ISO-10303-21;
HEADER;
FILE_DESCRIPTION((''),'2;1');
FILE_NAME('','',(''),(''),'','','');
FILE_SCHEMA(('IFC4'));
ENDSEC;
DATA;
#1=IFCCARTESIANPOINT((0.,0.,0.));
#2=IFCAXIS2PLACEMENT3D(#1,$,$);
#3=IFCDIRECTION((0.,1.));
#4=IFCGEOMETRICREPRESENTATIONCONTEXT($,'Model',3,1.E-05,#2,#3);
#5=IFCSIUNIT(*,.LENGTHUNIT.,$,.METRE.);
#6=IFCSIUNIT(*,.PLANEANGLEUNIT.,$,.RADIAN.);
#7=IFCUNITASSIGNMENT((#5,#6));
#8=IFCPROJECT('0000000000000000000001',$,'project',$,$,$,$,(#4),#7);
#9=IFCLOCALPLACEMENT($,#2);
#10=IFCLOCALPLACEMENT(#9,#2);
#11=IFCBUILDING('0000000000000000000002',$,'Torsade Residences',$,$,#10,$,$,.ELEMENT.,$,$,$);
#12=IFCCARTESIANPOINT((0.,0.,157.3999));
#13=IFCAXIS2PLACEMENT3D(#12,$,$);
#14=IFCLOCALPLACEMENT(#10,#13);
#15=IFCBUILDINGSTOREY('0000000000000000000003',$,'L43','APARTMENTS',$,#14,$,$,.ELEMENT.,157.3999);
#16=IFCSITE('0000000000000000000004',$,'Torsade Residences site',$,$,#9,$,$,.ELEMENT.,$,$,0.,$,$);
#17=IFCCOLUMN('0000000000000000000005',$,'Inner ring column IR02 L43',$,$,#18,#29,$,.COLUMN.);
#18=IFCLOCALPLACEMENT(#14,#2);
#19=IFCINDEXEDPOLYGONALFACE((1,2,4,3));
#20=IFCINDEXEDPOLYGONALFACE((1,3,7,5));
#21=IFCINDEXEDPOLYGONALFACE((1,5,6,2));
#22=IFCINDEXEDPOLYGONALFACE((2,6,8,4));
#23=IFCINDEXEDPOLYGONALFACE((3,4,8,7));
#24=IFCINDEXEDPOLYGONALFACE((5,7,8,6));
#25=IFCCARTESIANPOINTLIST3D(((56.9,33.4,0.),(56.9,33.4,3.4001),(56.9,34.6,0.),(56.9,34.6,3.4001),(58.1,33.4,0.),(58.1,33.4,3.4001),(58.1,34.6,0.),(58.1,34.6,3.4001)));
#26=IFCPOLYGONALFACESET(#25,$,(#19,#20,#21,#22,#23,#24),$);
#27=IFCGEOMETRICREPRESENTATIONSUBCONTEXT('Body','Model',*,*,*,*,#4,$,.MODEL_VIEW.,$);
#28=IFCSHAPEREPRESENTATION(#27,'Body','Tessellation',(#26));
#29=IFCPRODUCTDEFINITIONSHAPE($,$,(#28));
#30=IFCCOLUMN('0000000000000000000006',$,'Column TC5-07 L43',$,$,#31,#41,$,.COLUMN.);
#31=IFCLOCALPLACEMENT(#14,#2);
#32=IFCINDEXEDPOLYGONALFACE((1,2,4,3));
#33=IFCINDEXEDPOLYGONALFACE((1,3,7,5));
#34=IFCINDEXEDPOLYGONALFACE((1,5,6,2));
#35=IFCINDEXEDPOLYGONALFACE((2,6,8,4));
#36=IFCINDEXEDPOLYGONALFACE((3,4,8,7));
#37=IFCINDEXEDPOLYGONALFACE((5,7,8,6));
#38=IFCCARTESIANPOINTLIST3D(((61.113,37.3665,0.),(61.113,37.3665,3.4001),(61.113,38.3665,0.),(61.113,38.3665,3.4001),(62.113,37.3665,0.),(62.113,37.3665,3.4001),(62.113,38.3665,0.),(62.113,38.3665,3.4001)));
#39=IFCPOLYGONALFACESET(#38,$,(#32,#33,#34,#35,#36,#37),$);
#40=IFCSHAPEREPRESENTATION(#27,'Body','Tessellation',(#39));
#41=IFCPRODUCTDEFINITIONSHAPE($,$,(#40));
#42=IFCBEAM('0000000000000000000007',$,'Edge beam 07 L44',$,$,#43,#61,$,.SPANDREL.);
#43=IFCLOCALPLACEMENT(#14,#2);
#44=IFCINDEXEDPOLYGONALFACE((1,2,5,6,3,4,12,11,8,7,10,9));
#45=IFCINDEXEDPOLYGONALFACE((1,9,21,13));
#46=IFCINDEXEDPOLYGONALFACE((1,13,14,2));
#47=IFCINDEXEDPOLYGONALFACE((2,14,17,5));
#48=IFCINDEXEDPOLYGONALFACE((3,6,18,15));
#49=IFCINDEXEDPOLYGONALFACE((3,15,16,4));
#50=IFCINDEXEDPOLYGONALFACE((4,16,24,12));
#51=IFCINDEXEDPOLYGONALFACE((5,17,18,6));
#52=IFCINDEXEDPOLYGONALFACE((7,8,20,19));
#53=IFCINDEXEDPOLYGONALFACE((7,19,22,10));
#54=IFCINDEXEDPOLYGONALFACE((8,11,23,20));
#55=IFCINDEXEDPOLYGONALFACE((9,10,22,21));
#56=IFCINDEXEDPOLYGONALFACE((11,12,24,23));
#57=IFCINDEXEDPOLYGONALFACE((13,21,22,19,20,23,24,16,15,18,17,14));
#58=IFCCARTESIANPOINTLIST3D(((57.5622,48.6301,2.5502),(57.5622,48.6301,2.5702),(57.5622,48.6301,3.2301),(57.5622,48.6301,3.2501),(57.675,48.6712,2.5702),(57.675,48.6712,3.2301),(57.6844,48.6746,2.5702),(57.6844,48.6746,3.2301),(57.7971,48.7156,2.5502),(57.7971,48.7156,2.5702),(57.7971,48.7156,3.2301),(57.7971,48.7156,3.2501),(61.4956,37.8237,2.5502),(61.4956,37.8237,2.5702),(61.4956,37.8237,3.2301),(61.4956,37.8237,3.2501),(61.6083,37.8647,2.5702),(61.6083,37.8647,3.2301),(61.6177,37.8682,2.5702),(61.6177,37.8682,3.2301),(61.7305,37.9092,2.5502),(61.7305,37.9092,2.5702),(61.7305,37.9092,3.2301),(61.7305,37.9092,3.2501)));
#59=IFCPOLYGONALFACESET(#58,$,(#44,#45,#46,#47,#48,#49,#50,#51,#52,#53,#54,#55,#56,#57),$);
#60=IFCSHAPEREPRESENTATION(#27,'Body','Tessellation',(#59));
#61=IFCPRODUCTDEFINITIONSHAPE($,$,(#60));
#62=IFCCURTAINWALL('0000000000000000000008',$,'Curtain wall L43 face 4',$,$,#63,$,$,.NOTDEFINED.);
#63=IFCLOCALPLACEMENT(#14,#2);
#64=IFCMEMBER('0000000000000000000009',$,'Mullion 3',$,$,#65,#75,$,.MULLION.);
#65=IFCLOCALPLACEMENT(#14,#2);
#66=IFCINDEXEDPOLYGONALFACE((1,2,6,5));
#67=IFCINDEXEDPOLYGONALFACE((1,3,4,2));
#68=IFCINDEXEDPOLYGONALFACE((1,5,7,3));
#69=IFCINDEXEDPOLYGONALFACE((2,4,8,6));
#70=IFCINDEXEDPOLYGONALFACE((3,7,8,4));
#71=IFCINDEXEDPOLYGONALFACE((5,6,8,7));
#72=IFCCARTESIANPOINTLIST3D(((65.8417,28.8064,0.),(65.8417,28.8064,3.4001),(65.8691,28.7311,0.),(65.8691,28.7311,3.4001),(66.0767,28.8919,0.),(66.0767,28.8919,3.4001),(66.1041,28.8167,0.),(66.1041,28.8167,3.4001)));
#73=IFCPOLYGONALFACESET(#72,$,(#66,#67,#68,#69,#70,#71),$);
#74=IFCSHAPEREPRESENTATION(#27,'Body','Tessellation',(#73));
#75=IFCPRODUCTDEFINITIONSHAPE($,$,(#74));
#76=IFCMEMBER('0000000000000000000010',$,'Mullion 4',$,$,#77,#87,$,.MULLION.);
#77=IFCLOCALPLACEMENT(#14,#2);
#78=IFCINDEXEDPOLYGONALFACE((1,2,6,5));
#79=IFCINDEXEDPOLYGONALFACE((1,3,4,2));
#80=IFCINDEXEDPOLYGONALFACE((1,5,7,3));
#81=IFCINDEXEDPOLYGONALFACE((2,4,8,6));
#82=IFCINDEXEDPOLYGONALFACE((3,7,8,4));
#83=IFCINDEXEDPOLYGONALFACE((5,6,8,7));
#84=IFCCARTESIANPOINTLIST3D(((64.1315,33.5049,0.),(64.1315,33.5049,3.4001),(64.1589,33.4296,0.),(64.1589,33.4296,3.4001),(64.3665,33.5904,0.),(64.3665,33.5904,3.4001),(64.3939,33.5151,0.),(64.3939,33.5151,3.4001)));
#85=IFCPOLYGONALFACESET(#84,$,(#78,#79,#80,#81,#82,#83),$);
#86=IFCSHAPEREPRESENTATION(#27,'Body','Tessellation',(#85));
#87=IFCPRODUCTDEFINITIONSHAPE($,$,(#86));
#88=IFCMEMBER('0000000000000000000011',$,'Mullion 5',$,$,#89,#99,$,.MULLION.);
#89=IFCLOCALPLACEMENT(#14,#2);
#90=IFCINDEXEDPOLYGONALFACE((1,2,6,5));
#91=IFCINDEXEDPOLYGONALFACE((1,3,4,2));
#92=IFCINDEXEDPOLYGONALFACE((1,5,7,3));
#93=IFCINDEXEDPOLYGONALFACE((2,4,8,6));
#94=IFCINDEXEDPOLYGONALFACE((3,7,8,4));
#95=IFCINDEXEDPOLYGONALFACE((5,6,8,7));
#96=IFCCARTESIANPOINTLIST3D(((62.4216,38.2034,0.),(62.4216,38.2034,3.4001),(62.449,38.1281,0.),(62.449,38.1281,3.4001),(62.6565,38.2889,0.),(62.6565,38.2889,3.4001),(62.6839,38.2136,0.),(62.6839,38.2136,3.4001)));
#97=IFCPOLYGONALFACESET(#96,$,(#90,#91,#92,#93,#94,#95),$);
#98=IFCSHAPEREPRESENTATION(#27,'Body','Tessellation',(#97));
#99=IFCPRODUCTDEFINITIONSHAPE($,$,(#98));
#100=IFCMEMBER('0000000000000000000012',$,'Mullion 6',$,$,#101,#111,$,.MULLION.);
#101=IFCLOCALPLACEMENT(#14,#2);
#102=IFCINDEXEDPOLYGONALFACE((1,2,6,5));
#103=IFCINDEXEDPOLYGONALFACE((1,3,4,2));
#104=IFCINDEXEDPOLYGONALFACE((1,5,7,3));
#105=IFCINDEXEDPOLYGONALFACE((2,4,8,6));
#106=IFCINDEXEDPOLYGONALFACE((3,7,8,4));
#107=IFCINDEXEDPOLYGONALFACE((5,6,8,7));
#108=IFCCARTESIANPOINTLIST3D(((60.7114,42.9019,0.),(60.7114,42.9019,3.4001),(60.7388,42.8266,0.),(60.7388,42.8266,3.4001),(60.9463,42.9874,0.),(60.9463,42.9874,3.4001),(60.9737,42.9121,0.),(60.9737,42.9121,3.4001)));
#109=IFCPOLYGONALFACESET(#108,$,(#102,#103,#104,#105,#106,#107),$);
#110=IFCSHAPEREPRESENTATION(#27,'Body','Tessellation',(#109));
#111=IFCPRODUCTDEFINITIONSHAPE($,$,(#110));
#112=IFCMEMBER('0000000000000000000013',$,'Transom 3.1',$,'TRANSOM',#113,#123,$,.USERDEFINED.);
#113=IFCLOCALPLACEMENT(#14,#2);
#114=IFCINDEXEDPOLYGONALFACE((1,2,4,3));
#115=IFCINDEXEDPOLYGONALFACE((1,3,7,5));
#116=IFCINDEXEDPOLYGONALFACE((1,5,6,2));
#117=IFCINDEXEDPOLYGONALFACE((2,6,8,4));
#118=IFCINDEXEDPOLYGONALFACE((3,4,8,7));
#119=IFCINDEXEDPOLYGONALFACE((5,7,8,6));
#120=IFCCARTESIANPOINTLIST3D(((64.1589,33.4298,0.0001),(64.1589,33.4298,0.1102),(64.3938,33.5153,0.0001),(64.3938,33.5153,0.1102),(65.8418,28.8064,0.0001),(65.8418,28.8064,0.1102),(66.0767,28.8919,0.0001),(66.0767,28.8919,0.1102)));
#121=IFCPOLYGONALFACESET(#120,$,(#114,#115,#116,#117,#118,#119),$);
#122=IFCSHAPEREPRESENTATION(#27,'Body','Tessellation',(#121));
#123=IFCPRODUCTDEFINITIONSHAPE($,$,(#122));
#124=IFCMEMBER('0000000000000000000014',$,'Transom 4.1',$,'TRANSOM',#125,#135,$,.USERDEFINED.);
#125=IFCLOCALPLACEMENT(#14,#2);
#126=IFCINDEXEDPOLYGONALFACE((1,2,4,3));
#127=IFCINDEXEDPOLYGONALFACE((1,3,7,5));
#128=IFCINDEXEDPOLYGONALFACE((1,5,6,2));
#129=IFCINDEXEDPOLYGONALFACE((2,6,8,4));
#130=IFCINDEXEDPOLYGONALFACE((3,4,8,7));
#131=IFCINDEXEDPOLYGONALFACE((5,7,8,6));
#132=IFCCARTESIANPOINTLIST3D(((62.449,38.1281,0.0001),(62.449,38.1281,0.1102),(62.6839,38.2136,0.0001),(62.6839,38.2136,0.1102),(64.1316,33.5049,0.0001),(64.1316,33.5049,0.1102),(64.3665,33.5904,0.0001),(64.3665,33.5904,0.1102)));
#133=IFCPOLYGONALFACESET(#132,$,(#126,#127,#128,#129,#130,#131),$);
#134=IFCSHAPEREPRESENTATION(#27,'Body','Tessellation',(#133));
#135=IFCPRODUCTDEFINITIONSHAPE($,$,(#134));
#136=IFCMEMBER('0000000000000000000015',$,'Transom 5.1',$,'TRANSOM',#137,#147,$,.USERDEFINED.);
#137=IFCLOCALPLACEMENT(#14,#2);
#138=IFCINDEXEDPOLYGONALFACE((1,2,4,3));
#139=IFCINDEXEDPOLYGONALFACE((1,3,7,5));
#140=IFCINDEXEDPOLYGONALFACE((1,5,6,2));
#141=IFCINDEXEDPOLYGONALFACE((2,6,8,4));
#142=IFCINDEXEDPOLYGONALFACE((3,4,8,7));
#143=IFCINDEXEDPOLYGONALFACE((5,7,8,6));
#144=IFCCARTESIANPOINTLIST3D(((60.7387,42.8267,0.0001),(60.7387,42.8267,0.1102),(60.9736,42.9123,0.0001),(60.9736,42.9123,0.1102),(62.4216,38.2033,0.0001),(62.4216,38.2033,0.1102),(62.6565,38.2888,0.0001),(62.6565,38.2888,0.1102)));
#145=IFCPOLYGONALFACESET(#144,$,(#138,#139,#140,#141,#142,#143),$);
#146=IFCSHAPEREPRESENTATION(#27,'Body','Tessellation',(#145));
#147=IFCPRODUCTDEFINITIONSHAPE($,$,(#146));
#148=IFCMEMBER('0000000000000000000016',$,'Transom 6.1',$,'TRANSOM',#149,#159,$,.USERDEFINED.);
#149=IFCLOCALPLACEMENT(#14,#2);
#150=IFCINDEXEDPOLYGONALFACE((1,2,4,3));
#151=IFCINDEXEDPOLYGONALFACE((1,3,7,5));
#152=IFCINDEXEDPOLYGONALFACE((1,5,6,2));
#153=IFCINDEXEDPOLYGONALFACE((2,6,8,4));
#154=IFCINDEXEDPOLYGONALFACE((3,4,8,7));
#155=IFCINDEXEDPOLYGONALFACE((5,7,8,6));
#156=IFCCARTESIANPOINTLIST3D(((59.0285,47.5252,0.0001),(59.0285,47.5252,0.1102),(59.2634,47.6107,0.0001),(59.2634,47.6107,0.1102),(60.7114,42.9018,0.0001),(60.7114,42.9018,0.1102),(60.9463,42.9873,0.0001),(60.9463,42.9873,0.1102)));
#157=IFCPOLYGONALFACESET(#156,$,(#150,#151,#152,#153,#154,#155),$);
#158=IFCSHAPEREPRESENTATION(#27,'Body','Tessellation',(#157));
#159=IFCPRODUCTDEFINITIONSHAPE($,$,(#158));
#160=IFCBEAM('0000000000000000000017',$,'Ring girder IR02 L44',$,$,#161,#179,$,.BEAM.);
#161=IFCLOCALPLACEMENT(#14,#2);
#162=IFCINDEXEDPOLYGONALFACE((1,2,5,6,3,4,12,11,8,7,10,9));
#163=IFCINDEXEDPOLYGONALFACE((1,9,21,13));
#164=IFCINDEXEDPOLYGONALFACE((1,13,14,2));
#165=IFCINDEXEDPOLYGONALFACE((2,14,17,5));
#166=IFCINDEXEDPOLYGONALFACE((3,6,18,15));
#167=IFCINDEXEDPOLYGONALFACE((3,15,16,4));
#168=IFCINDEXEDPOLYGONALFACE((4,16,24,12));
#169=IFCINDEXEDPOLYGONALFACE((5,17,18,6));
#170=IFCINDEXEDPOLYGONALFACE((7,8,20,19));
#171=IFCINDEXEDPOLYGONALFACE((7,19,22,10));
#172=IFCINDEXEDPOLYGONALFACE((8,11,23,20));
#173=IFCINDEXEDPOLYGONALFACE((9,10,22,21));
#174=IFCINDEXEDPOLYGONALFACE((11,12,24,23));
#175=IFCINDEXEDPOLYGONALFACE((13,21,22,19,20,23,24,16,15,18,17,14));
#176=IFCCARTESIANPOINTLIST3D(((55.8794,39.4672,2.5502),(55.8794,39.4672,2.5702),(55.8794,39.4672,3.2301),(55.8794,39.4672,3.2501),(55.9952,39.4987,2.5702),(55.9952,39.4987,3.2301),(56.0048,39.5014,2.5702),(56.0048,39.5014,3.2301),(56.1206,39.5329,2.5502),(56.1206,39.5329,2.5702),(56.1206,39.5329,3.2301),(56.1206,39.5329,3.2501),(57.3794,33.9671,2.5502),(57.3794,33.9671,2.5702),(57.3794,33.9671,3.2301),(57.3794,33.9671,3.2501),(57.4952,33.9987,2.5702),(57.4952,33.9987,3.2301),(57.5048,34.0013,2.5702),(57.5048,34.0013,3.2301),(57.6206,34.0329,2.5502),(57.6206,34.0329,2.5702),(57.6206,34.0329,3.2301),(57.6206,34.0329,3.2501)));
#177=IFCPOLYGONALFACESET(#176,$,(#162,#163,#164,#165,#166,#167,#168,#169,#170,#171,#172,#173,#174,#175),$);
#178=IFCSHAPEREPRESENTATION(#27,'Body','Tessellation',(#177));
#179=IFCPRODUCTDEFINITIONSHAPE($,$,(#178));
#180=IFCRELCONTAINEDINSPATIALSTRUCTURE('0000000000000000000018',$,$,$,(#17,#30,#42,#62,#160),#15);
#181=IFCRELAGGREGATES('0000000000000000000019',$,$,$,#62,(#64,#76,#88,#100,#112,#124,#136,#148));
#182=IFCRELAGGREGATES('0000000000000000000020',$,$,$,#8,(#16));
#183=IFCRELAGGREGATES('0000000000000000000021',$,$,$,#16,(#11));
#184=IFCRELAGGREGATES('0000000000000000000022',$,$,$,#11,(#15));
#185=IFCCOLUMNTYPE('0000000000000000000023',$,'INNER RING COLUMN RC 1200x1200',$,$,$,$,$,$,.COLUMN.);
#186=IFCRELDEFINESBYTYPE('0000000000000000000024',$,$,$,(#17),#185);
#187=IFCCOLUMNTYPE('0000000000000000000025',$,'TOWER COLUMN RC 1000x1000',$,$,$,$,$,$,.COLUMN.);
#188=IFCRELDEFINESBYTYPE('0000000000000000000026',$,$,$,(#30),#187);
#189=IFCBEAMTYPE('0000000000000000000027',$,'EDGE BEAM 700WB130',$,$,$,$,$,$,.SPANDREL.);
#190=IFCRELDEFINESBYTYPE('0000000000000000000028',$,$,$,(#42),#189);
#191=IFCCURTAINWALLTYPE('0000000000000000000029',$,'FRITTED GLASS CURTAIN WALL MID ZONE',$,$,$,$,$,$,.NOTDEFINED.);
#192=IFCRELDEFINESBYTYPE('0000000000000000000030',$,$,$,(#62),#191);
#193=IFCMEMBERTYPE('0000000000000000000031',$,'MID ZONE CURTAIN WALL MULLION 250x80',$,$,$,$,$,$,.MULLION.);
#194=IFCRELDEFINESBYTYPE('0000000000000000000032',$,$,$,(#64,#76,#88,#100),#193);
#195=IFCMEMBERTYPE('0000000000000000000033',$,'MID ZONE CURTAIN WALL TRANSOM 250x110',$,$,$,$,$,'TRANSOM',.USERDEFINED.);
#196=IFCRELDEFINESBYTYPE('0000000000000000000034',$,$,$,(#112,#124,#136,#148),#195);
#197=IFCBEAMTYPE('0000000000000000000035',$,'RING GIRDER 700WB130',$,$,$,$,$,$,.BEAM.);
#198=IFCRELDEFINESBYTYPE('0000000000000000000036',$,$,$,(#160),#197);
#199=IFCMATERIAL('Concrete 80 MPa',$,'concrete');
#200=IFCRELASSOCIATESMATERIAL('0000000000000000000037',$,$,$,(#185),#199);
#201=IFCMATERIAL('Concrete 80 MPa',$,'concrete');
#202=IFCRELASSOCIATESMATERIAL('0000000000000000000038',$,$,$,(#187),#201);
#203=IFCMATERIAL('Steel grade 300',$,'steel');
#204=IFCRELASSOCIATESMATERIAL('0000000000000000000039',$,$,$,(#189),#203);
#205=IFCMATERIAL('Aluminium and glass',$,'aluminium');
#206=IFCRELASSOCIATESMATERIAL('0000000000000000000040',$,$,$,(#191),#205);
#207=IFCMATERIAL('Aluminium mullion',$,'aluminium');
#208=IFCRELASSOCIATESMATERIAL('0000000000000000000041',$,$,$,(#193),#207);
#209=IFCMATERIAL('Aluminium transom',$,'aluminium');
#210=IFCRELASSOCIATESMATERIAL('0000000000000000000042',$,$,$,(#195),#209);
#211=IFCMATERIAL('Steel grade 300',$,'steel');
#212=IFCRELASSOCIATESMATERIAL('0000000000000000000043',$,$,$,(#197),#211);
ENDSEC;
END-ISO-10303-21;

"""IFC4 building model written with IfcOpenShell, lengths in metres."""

from ifc_helpers import new_model, si_unit, direction, frame, origin, origin_2d, place, context, subcontext, project, spatial, rectangle, i_section, extrude, material, material_profile, profile_set, type_object, element, aggregate, save


model = new_model("IFC4")

# Units and contexts
model_context = context("Model", 3, precision=1e-05, world=origin(), true_north=direction((0.0, 1.0)))
body_context = subcontext(model_context, "Body", "Model", "MODEL_VIEW")
ifc_project = project(units=[si_unit("LENGTHUNIT", "METRE"), si_unit("PLANEANGLEUNIT", "RADIAN")], contexts=[model_context])

# Site, building, storey
site_placement = place(None, origin())
site = spatial("IfcSite", under=ifc_project, at=site_placement, Name="Torsade Residences site", CompositionType="ELEMENT", RefElevation=0.0)
building_placement = place(site_placement, origin())
building = spatial("IfcBuilding", under=site, at=building_placement, Name="Torsade Residences", CompositionType="ELEMENT")
storey_placement = place(building_placement, frame((0.0, 0.0, 157.3999)))
storey = spatial("IfcBuildingStorey", under=building, at=storey_placement, Name="L43", Description="APARTMENTS", CompositionType="ELEMENT", Elevation=157.3999)

# Columns
ifc_material_1 = material(Name="Concrete 80 MPa", Category="concrete")
ifc_material_profile_1 = material_profile(ifc_material_1, rectangle(XDim=1.2, YDim=1.2, at=origin_2d()), Name="RC 1200x1200")
ifc_profile_set_1 = profile_set([ifc_material_profile_1], Name="Concrete 80 MPa")
column_type_1 = type_object("IfcColumnType", Name="INNER RING COLUMN RC 1200x1200", PredefinedType="COLUMN", material=ifc_profile_set_1)
column_1_placement = place(storey_placement, frame((57.5, 34.0, 0.0), z_axis=(0.0, 0.0, 1.0), x_axis=(1.0, 0.0, 0.0)))
element("IfcColumn", 1, at=column_1_placement, inside=storey, type_object=column_type_1, Name="Inner ring column IR02 L43", PredefinedType="COLUMN", context=body_context, shape_type="SweptSolid", body=[
    extrude(rectangle(XDim=1.2, YDim=1.2, at=origin_2d()), origin(), (0.0, 0.0, 1.0), 3.4001),
])
ifc_material_2 = material(Name="Concrete 80 MPa", Category="concrete")
ifc_material_profile_2 = material_profile(ifc_material_2, rectangle(XDim=1.0, YDim=1.0, at=origin_2d()), Name="RC 1000x1000")
ifc_profile_set_2 = profile_set([ifc_material_profile_2], Name="Concrete 80 MPa")
column_type_2 = type_object("IfcColumnType", Name="TOWER COLUMN RC 1000x1000", PredefinedType="COLUMN", material=ifc_profile_set_2)
column_2_placement = place(storey_placement, frame((61.613, 37.8665, 0.0), z_axis=(0.0, 0.0, 1.0), x_axis=(1.0, 0.0, 0.0)))
element("IfcColumn", 2, at=column_2_placement, inside=storey, type_object=column_type_2, Name="Column TC5-07 L43", PredefinedType="COLUMN", context=body_context, shape_type="SweptSolid", body=[
    extrude(rectangle(XDim=1.0, YDim=1.0, at=origin_2d()), origin(), (0.0, 0.0, 1.0), 3.4001),
])

# Beam
ifc_material_3 = material(Name="Steel grade 300", Category="steel")
ifc_material_profile_3 = material_profile(ifc_material_3, i_section(OverallWidth=0.25, OverallDepth=0.7, WebThickness=0.01, FlangeThickness=0.02, at=origin_2d()), Name="700WB130")
ifc_profile_set_3 = profile_set([ifc_material_profile_3], Name="Steel grade 300")
beam_type_1 = type_object("IfcBeamType", Name="EDGE BEAM 700WB130", PredefinedType="SPANDREL", material=ifc_profile_set_3)
beam_1_placement = place(storey_placement, frame((61.613, 37.8665, 2.9001), z_axis=(-0.342031, 0.939689, 0.0), x_axis=(-0.939689, -0.342031, 0.0)))
element("IfcBeam", 3, at=beam_1_placement, inside=storey, type_object=beam_type_1, Name="Edge beam 07 L44", PredefinedType="SPANDREL", context=body_context, shape_type="SweptSolid", body=[
    extrude(i_section(OverallWidth=0.25, OverallDepth=0.7, WebThickness=0.01, FlangeThickness=0.02, at=origin_2d()), origin(), (0.0, 0.0, 1.0), 11.5),
])

# Curtain wall, members
ifc_material_4 = material(Name="Aluminium and glass", Category="aluminium")
curtain_wall_type = type_object("IfcCurtainWallType", Name="FRITTED GLASS CURTAIN WALL MID ZONE", PredefinedType="NOTDEFINED", material=ifc_material_4)
curtain_wall_placement = place(storey_placement, origin())
curtain_wall = element("IfcCurtainWall", 4, at=curtain_wall_placement, inside=storey, type_object=curtain_wall_type, Name="Curtain wall L43 face 4", PredefinedType="NOTDEFINED")
ifc_material_5 = material(Name="Aluminium mullion", Category="aluminium")
ifc_material_profile_4 = material_profile(ifc_material_5, rectangle(XDim=0.25, YDim=0.0801, at=origin_2d()), Name="MID ZONE CURTAIN WALL MULLION 250x80")
ifc_profile_set_4 = profile_set([ifc_material_profile_4], Name="Aluminium mullion")
member_type_1 = type_object("IfcMemberType", Name="MID ZONE CURTAIN WALL MULLION 250x80", PredefinedType="MULLION", material=ifc_profile_set_4)
member_1_placement = place(storey_placement, frame((65.9729, 28.8115, 0.0), z_axis=(0.0, 0.0, 1.0), x_axis=(-0.939693, -0.34202, 0.0)))
member_1 = element("IfcMember", 5, at=member_1_placement, type_object=member_type_1, Name="Mullion 3", PredefinedType="MULLION", context=body_context, shape_type="SweptSolid", body=[
    extrude(rectangle(XDim=0.25, YDim=0.0801, at=origin_2d()), origin(), (0.0, 0.0, 1.0), 3.4001),
])
member_2_placement = place(storey_placement, frame((64.2627, 33.51, 0.0), z_axis=(0.0, 0.0, 1.0), x_axis=(-0.939693, -0.34202, 0.0)))
member_2 = element("IfcMember", 6, at=member_2_placement, type_object=member_type_1, Name="Mullion 4", PredefinedType="MULLION", context=body_context, shape_type="SweptSolid", body=[
    extrude(rectangle(XDim=0.25, YDim=0.0801, at=origin_2d()), origin(), (0.0, 0.0, 1.0), 3.4001),
])
member_3_placement = place(storey_placement, frame((62.5527, 38.2085, 0.0), z_axis=(0.0, 0.0, 1.0), x_axis=(-0.939693, -0.34202, 0.0)))
member_3 = element("IfcMember", 7, at=member_3_placement, type_object=member_type_1, Name="Mullion 5", PredefinedType="MULLION", context=body_context, shape_type="SweptSolid", body=[
    extrude(rectangle(XDim=0.25, YDim=0.0801, at=origin_2d()), origin(), (0.0, 0.0, 1.0), 3.4001),
])
member_4_placement = place(storey_placement, frame((60.8425, 42.907, 0.0), z_axis=(0.0, 0.0, 1.0), x_axis=(-0.939693, -0.34202, 0.0)))
member_4 = element("IfcMember", 8, at=member_4_placement, type_object=member_type_1, Name="Mullion 6", PredefinedType="MULLION", context=body_context, shape_type="SweptSolid", body=[
    extrude(rectangle(XDim=0.25, YDim=0.0801, at=origin_2d()), origin(), (0.0, 0.0, 1.0), 3.4001),
])
ifc_material_6 = material(Name="Aluminium transom", Category="aluminium")
ifc_material_profile_5 = material_profile(ifc_material_6, rectangle(XDim=0.25, YDim=0.1101, at=origin_2d()), Name="MID ZONE CURTAIN WALL TRANSOM 250x110")
ifc_profile_set_5 = profile_set([ifc_material_profile_5], Name="Aluminium transom")
member_type_2 = type_object("IfcMemberType", Name="MID ZONE CURTAIN WALL TRANSOM 250x110", ElementType="TRANSOM", PredefinedType="USERDEFINED", material=ifc_profile_set_5)
member_5_placement = place(storey_placement, frame((65.9592, 28.8491, 0.0552), z_axis=(-0.342042, 0.939685, 0.0), x_axis=(-0.939685, -0.342042, 0.0)))
member_5 = element("IfcMember", 9, at=member_5_placement, type_object=member_type_2, Name="Transom 3.1", ObjectType="TRANSOM", PredefinedType="USERDEFINED", context=body_context, shape_type="SweptSolid", body=[
    extrude(rectangle(XDim=0.25, YDim=0.1101, at=origin_2d()), origin(), (0.0, 0.0, 1.0), 4.9202),
])
member_6_placement = place(storey_placement, frame((64.249, 33.5476, 0.0552), z_axis=(-0.341998, 0.939701, 0.0), x_axis=(-0.939701, -0.341998, 0.0)))
member_6 = element("IfcMember", 10, at=member_6_placement, type_object=member_type_2, Name="Transom 4.1", ObjectType="TRANSOM", PredefinedType="USERDEFINED", context=body_context, shape_type="SweptSolid", body=[
    extrude(rectangle(XDim=0.25, YDim=0.1101, at=origin_2d()), origin(), (0.0, 0.0, 1.0), 4.9199),
])
member_7_placement = place(storey_placement, frame((62.5391, 38.2461, 0.0552), z_axis=(-0.342042, 0.939685, 0.0), x_axis=(-0.939685, -0.342042, 0.0)))
member_7 = element("IfcMember", 11, at=member_7_placement, type_object=member_type_2, Name="Transom 5.1", ObjectType="TRANSOM", PredefinedType="USERDEFINED", context=body_context, shape_type="SweptSolid", body=[
    extrude(rectangle(XDim=0.25, YDim=0.1101, at=origin_2d()), origin(), (0.0, 0.0, 1.0), 4.9202),
])
member_8_placement = place(storey_placement, frame((60.8289, 42.9446, 0.0552), z_axis=(-0.342042, 0.939685, 0.0), x_axis=(-0.939685, -0.342042, 0.0)))
member_8 = element("IfcMember", 12, at=member_8_placement, type_object=member_type_2, Name="Transom 6.1", ObjectType="TRANSOM", PredefinedType="USERDEFINED", context=body_context, shape_type="SweptSolid", body=[
    extrude(rectangle(XDim=0.25, YDim=0.1101, at=origin_2d()), origin(), (0.0, 0.0, 1.0), 4.9202),
])

# Beam
ifc_material_7 = material(Name="Steel grade 300", Category="steel")
ifc_material_profile_6 = material_profile(ifc_material_7, i_section(OverallWidth=0.25, OverallDepth=0.7, WebThickness=0.01, FlangeThickness=0.02, at=origin_2d()), Name="700WB130")
ifc_profile_set_6 = profile_set([ifc_material_profile_6], Name="Steel grade 300")
beam_type_2 = type_object("IfcBeamType", Name="RING GIRDER 700WB130", PredefinedType="BEAM", material=ifc_profile_set_6)
beam_2_placement = place(storey_placement, frame((57.5, 34.0, 2.9001), z_axis=(-0.263117, 0.964764, 0.0), x_axis=(-0.964764, -0.263117, 0.0)))
element("IfcBeam", 13, at=beam_2_placement, inside=storey, type_object=beam_type_2, Name="Ring girder IR02 L44", PredefinedType="BEAM", context=body_context, shape_type="SweptSolid", body=[
    extrude(i_section(OverallWidth=0.25, OverallDepth=0.7, WebThickness=0.01, FlangeThickness=0.02, at=origin_2d()), origin(), (0.0, 0.0, 1.0), 5.7009),
])

aggregate(curtain_wall, [member_1, member_2, member_3, member_4, member_5, member_6, member_7, member_8])

save(model, "model.ifc")
